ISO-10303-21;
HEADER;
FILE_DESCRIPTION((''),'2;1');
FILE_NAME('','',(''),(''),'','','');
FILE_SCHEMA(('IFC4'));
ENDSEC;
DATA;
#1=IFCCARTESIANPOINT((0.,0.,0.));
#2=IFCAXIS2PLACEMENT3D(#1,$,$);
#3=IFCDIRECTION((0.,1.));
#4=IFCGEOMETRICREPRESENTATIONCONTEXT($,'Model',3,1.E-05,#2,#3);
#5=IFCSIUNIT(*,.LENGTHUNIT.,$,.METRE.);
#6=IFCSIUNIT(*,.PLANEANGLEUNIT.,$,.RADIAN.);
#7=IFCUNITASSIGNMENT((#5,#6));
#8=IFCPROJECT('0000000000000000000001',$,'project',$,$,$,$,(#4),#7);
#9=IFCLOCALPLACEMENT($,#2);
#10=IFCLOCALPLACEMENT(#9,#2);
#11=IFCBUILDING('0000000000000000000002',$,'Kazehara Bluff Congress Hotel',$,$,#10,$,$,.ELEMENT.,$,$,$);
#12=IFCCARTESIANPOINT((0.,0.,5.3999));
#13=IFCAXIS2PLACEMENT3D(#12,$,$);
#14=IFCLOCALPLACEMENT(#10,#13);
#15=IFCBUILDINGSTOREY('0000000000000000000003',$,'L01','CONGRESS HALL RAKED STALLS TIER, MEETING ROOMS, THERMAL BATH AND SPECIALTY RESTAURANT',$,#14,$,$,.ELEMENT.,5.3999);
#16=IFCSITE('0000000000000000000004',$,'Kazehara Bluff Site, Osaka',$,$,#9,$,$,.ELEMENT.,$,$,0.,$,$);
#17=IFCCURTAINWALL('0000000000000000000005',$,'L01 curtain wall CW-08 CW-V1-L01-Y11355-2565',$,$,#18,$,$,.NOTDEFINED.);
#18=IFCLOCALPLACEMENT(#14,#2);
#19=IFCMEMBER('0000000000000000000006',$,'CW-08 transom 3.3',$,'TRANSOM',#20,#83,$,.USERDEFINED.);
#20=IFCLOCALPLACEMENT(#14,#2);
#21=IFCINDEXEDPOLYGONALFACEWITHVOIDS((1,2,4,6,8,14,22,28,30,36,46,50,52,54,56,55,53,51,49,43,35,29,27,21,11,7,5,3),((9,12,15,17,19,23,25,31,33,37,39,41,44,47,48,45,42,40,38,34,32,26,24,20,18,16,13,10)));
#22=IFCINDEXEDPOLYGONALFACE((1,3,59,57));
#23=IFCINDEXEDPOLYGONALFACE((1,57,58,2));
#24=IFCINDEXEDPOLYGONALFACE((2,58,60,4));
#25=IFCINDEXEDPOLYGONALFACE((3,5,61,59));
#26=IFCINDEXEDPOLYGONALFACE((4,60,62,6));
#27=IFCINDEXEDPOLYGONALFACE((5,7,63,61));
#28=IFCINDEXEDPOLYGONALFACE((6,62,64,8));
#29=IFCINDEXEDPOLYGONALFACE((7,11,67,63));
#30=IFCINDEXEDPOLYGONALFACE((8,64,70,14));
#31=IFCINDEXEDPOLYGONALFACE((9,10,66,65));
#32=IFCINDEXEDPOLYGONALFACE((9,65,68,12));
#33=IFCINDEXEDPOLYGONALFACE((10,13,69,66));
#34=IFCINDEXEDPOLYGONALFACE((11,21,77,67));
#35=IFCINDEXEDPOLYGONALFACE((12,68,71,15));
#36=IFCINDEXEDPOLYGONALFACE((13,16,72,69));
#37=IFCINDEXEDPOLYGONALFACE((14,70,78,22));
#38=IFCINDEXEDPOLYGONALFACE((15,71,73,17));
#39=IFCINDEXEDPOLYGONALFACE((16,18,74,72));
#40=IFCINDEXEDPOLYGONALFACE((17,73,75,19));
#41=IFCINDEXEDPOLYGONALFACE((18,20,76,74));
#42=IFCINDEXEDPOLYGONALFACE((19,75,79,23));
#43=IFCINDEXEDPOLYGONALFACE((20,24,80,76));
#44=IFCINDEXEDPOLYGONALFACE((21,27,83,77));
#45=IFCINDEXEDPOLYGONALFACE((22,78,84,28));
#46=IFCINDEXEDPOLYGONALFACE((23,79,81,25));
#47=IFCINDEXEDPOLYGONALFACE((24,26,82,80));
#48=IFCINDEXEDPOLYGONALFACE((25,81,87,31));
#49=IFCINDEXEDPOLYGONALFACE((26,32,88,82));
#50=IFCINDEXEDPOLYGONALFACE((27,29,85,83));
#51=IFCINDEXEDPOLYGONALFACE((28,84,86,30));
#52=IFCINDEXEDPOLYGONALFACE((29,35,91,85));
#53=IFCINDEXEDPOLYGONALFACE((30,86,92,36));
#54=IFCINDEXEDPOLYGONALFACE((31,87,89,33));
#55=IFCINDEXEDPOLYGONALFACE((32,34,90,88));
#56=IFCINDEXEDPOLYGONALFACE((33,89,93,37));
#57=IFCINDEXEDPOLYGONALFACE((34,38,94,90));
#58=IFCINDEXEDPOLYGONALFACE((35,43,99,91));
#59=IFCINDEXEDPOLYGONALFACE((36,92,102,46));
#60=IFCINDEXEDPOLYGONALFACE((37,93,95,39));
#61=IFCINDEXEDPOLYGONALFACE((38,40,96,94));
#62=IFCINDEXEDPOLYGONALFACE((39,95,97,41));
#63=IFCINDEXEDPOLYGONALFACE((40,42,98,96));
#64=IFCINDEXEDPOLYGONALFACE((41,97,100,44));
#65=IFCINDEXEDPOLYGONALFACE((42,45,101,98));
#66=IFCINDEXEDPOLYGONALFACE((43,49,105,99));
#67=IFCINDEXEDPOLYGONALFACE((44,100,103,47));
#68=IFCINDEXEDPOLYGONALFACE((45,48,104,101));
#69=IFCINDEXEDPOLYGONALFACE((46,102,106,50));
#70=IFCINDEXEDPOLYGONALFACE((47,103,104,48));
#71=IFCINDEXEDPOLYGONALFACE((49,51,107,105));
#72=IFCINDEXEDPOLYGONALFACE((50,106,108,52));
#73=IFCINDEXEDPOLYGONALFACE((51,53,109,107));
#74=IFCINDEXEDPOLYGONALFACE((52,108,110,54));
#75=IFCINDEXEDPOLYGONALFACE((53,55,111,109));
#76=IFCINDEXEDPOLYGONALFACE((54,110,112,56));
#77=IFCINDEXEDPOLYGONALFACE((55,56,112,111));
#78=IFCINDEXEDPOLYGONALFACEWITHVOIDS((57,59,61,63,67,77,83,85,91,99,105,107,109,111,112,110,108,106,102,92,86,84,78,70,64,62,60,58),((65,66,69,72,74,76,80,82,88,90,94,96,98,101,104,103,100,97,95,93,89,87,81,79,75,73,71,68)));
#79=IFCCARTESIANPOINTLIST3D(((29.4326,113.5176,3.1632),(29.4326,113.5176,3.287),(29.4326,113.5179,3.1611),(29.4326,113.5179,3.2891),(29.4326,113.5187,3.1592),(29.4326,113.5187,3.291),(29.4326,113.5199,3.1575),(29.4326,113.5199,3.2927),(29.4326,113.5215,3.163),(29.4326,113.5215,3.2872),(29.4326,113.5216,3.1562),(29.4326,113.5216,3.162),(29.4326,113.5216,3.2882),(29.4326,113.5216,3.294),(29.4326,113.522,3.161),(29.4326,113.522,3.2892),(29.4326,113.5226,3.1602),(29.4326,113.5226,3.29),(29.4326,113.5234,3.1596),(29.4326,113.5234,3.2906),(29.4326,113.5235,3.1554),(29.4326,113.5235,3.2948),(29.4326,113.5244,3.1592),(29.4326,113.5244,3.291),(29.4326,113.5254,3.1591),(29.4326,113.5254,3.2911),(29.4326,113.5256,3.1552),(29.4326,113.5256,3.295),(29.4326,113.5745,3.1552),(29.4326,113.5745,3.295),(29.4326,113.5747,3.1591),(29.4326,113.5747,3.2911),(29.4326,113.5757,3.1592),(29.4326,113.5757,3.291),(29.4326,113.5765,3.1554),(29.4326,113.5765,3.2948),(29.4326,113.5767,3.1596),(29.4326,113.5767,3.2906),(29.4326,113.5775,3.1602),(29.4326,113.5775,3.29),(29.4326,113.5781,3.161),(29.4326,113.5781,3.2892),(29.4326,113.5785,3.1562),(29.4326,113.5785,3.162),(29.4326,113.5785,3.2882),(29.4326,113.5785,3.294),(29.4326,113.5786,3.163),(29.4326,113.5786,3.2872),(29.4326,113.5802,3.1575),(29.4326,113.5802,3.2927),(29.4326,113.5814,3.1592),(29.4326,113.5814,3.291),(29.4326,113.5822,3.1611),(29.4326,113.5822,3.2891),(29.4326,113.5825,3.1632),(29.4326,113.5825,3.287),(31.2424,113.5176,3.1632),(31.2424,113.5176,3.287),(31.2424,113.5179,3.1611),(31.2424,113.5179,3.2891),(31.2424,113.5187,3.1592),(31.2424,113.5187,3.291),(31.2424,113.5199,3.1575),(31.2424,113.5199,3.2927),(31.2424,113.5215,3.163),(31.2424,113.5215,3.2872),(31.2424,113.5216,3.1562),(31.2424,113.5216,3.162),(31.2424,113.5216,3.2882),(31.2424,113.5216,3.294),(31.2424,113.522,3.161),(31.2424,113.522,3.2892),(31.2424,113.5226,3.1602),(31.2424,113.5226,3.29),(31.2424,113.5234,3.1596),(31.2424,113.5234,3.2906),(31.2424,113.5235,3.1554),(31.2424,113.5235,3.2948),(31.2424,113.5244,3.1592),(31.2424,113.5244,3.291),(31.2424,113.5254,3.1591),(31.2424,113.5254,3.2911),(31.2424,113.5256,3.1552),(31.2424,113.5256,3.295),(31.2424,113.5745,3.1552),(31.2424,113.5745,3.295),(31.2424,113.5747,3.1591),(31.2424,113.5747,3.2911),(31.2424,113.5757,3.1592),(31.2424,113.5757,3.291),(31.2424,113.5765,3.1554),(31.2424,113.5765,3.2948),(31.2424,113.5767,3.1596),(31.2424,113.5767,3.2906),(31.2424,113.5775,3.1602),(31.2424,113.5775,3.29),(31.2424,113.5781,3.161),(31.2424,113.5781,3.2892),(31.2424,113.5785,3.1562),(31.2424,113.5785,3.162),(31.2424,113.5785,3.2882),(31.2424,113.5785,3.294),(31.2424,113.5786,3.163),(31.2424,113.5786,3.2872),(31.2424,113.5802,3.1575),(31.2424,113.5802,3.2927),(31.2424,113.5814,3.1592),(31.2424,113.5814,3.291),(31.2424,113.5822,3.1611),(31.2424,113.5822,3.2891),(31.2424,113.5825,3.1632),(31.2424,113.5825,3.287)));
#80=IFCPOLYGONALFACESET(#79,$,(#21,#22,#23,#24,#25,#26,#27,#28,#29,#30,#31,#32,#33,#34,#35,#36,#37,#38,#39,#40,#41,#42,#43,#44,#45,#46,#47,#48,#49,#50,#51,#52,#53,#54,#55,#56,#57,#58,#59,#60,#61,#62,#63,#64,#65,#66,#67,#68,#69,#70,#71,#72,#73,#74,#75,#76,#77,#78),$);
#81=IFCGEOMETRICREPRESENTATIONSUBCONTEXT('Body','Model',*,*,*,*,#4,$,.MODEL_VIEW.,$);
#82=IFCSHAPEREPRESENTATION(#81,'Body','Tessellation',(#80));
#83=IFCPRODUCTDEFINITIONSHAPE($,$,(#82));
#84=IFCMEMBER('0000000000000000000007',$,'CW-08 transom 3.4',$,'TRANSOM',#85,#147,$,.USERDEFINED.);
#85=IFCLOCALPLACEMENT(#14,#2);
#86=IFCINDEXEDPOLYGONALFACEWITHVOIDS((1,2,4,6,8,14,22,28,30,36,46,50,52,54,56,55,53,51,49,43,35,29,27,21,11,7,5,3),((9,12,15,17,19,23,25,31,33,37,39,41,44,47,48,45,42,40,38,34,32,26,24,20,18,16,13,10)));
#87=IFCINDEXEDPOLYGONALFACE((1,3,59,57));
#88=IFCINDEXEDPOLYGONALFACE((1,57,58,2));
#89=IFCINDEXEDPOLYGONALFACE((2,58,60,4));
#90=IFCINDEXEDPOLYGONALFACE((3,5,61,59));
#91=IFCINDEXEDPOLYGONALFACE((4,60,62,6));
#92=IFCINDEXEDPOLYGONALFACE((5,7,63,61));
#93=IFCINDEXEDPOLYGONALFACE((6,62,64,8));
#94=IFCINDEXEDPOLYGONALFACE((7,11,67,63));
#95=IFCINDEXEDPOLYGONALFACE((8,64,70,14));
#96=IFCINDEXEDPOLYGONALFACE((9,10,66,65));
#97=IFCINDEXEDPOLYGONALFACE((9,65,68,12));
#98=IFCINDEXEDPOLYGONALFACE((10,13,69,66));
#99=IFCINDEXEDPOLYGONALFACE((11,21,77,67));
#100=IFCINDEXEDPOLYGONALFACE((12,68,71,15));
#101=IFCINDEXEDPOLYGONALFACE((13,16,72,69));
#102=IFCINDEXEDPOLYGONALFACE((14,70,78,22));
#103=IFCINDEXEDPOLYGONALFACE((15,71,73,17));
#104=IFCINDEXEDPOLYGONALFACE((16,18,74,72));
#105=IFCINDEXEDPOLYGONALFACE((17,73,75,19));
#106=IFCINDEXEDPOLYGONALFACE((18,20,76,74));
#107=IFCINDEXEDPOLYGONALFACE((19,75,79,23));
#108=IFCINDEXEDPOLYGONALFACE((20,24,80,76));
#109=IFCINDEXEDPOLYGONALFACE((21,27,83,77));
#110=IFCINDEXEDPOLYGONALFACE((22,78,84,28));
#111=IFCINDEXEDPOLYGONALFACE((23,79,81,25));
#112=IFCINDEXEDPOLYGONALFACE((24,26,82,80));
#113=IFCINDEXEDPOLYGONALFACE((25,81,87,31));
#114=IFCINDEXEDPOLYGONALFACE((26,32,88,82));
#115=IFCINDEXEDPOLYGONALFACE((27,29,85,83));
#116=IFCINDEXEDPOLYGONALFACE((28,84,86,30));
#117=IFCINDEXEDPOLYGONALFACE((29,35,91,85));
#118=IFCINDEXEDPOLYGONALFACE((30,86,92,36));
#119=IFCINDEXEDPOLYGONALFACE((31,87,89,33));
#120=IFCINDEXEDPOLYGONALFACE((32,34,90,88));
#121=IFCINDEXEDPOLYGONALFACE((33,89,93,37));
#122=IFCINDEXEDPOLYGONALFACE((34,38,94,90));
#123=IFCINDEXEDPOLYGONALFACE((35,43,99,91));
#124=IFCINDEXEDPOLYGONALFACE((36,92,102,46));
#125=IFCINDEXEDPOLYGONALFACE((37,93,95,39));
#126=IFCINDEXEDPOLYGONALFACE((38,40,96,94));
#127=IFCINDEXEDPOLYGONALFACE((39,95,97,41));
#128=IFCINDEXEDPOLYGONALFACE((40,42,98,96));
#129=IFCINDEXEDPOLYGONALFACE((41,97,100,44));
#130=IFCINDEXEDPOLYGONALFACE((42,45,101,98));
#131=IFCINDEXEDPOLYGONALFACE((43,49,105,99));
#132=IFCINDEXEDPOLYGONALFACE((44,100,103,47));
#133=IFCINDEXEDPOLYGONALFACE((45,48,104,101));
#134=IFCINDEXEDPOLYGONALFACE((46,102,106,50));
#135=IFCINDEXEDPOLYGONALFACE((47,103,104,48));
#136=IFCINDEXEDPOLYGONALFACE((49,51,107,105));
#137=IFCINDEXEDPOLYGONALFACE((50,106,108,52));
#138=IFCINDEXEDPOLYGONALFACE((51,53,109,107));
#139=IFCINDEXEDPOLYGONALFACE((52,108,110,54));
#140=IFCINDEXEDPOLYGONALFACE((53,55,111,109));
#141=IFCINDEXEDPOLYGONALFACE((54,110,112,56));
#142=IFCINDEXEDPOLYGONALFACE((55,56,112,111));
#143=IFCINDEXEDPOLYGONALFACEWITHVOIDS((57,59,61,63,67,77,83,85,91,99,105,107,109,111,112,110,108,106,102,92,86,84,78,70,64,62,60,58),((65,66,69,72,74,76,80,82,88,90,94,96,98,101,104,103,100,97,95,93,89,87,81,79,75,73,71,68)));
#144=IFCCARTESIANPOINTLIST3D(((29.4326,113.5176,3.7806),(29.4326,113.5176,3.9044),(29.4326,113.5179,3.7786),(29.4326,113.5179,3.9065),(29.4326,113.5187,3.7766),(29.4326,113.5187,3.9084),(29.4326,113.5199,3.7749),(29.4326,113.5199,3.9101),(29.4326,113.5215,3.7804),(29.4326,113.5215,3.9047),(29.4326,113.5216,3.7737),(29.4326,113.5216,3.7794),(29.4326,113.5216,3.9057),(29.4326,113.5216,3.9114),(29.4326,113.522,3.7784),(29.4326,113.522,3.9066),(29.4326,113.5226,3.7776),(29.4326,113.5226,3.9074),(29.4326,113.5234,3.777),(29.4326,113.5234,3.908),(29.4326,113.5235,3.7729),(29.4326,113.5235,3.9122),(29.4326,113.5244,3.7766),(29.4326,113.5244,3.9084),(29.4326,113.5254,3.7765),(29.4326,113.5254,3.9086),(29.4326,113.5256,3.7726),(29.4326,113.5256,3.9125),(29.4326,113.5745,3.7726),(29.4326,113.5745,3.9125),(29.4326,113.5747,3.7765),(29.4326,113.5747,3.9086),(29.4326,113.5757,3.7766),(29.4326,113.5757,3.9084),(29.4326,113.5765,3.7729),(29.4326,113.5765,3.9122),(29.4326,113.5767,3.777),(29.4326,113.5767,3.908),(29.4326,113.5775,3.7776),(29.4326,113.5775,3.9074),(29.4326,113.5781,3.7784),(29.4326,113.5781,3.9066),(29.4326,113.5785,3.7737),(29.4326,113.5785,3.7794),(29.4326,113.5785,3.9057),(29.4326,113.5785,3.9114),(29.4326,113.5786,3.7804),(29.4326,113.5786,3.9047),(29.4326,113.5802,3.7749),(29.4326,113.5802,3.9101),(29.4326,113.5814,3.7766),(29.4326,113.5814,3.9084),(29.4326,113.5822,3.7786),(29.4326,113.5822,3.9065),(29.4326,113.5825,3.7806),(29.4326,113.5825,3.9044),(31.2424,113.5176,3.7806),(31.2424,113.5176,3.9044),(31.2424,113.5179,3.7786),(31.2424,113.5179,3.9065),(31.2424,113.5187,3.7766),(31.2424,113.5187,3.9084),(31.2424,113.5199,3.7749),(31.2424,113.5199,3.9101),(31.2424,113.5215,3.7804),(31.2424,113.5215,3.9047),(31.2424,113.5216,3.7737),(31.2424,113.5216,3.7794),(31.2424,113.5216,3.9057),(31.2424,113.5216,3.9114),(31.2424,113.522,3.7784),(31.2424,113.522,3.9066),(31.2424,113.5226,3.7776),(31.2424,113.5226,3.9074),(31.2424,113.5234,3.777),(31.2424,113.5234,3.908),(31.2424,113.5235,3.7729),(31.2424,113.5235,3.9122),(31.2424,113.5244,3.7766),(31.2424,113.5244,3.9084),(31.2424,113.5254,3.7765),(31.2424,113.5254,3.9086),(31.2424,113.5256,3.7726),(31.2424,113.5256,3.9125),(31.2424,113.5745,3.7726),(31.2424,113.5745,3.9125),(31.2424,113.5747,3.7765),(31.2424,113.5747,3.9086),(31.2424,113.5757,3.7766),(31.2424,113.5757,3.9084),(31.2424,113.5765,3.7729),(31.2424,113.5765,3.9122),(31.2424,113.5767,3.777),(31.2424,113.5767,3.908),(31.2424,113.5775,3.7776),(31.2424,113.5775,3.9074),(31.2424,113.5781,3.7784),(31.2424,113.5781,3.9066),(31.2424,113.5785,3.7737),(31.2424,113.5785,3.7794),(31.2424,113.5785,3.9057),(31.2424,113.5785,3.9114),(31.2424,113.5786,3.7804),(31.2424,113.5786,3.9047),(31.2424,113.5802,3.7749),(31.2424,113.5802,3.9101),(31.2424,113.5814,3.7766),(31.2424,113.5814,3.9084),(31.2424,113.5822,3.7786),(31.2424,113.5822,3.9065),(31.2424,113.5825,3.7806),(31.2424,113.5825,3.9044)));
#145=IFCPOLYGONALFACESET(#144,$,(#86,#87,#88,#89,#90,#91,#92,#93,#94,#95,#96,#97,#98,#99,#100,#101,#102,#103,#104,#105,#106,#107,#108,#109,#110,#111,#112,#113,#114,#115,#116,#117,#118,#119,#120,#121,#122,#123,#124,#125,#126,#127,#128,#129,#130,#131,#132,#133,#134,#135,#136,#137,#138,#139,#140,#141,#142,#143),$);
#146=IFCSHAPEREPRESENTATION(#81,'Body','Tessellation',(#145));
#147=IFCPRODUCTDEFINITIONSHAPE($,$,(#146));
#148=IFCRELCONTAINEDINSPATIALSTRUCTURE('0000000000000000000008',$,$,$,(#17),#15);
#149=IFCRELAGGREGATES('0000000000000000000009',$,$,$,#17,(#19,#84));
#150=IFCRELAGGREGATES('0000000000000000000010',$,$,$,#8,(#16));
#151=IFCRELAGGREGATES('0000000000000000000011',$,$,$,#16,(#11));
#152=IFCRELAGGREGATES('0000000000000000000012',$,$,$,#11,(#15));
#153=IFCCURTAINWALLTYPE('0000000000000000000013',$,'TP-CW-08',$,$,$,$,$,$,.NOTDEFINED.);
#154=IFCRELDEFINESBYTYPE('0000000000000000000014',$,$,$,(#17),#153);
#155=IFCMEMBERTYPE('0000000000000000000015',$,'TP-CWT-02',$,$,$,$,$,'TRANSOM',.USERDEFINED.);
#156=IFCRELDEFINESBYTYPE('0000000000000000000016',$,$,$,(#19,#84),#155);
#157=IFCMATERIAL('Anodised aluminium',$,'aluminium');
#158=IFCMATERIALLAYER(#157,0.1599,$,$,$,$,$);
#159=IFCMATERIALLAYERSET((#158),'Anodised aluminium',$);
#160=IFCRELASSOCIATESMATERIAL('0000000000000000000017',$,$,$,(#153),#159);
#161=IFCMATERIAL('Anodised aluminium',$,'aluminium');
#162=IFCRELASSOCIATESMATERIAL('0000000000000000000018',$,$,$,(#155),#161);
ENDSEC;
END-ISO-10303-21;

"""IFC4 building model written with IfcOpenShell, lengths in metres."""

from ifc_helpers import new_model, si_unit, direction, frame, origin, origin_2d, place, context, subcontext, project, spatial, hollow_rectangle, extrude, material, layer, layer_set, material_profile, profile_set, type_object, element, aggregate, save


model = new_model("IFC4")

# Units and contexts
model_context = context("Model", 3, precision=1e-05, world=origin(), true_north=direction((0.0, 1.0)))
body_context = subcontext(model_context, "Body", "Model", "MODEL_VIEW")
ifc_project = project(units=[si_unit("LENGTHUNIT", "METRE"), si_unit("PLANEANGLEUNIT", "RADIAN")], contexts=[model_context])

# Site, building, storey
site_placement = place(None, origin())
site = spatial("IfcSite", under=ifc_project, at=site_placement, Name="Kazehara Bluff Site, Osaka", CompositionType="ELEMENT", RefElevation=0.0)
building_placement = place(site_placement, origin())
building = spatial("IfcBuilding", under=site, at=building_placement, Name="Kazehara Bluff Congress Hotel", CompositionType="ELEMENT")
storey_placement = place(building_placement, frame((0.0, 0.0, 5.3999)))
storey = spatial("IfcBuildingStorey", under=building, at=storey_placement, Name="L01", Description="CONGRESS HALL RAKED STALLS TIER, MEETING ROOMS, THERMAL BATH AND SPECIALTY RESTAURANT", CompositionType="ELEMENT", Elevation=5.3999)

# Curtain wall
ifc_material_1 = material(Name="Anodised aluminium", Category="aluminium")
ifc_layer_1 = layer(ifc_material_1, 0.1599)
ifc_layer_set_1 = layer_set([ifc_layer_1], Name="Anodised aluminium")
curtain_wall_type = type_object("IfcCurtainWallType", Name="TP-CW-08", PredefinedType="NOTDEFINED", material=ifc_layer_set_1)
curtain_wall_1_placement = place(storey_placement, origin())
curtain_wall_1 = element("IfcCurtainWall", 1, at=curtain_wall_1_placement, inside=storey, type_object=curtain_wall_type, Name="L01 curtain wall CW-08 CW-V1-L01-Y11355-2565", PredefinedType="NOTDEFINED")

# Members
ifc_material_2 = material(Name="Anodised aluminium", Category="aluminium")
ifc_material_profile_1 = material_profile(ifc_material_2, hollow_rectangle(XDim=0.0649, YDim=0.1399, WallThickness=0.0039, InnerFilletRadius=0.0039, OuterFilletRadius=0.0081, at=origin_2d()))
ifc_profile_set_1 = profile_set([ifc_material_profile_1], Name="Anodised aluminium")
member_type_1 = type_object("IfcMemberType", Name="TP-CWT-02", ElementType="TRANSOM", PredefinedType="USERDEFINED", material=ifc_profile_set_1)
member_1_placement = place(storey_placement, frame((29.4326, 113.55, 3.2251), z_axis=(1.0, 0.0, 0.0), x_axis=(0.0, 1.0, 0.0)))
member_1 = element("IfcMember", 2, at=member_1_placement, type_object=member_type_1, Name="CW-08 transom 3.3", ObjectType="TRANSOM", PredefinedType="USERDEFINED", context=body_context, shape_type="SweptSolid", body=[
    extrude(hollow_rectangle(XDim=0.0649, YDim=0.1399, WallThickness=0.0039, InnerFilletRadius=0.0039, OuterFilletRadius=0.0081, at=origin_2d()), origin(), (0.0, 0.0, 1.0), 1.8098),
])
member_2_placement = place(storey_placement, frame((29.4326, 113.55, 3.8425), z_axis=(1.0, 0.0, 0.0), x_axis=(0.0, 1.0, 0.0)))
member_2 = element("IfcMember", 3, at=member_2_placement, type_object=member_type_1, Name="CW-08 transom 3.4", ObjectType="TRANSOM", PredefinedType="USERDEFINED", context=body_context, shape_type="SweptSolid", body=[
    extrude(hollow_rectangle(XDim=0.0649, YDim=0.1399, WallThickness=0.0039, InnerFilletRadius=0.0039, OuterFilletRadius=0.0081, at=origin_2d()), origin(), (0.0, 0.0, 1.0), 1.8098),
])

aggregate(curtain_wall_1, [member_1, member_2])

save(model, "model.ifc")
